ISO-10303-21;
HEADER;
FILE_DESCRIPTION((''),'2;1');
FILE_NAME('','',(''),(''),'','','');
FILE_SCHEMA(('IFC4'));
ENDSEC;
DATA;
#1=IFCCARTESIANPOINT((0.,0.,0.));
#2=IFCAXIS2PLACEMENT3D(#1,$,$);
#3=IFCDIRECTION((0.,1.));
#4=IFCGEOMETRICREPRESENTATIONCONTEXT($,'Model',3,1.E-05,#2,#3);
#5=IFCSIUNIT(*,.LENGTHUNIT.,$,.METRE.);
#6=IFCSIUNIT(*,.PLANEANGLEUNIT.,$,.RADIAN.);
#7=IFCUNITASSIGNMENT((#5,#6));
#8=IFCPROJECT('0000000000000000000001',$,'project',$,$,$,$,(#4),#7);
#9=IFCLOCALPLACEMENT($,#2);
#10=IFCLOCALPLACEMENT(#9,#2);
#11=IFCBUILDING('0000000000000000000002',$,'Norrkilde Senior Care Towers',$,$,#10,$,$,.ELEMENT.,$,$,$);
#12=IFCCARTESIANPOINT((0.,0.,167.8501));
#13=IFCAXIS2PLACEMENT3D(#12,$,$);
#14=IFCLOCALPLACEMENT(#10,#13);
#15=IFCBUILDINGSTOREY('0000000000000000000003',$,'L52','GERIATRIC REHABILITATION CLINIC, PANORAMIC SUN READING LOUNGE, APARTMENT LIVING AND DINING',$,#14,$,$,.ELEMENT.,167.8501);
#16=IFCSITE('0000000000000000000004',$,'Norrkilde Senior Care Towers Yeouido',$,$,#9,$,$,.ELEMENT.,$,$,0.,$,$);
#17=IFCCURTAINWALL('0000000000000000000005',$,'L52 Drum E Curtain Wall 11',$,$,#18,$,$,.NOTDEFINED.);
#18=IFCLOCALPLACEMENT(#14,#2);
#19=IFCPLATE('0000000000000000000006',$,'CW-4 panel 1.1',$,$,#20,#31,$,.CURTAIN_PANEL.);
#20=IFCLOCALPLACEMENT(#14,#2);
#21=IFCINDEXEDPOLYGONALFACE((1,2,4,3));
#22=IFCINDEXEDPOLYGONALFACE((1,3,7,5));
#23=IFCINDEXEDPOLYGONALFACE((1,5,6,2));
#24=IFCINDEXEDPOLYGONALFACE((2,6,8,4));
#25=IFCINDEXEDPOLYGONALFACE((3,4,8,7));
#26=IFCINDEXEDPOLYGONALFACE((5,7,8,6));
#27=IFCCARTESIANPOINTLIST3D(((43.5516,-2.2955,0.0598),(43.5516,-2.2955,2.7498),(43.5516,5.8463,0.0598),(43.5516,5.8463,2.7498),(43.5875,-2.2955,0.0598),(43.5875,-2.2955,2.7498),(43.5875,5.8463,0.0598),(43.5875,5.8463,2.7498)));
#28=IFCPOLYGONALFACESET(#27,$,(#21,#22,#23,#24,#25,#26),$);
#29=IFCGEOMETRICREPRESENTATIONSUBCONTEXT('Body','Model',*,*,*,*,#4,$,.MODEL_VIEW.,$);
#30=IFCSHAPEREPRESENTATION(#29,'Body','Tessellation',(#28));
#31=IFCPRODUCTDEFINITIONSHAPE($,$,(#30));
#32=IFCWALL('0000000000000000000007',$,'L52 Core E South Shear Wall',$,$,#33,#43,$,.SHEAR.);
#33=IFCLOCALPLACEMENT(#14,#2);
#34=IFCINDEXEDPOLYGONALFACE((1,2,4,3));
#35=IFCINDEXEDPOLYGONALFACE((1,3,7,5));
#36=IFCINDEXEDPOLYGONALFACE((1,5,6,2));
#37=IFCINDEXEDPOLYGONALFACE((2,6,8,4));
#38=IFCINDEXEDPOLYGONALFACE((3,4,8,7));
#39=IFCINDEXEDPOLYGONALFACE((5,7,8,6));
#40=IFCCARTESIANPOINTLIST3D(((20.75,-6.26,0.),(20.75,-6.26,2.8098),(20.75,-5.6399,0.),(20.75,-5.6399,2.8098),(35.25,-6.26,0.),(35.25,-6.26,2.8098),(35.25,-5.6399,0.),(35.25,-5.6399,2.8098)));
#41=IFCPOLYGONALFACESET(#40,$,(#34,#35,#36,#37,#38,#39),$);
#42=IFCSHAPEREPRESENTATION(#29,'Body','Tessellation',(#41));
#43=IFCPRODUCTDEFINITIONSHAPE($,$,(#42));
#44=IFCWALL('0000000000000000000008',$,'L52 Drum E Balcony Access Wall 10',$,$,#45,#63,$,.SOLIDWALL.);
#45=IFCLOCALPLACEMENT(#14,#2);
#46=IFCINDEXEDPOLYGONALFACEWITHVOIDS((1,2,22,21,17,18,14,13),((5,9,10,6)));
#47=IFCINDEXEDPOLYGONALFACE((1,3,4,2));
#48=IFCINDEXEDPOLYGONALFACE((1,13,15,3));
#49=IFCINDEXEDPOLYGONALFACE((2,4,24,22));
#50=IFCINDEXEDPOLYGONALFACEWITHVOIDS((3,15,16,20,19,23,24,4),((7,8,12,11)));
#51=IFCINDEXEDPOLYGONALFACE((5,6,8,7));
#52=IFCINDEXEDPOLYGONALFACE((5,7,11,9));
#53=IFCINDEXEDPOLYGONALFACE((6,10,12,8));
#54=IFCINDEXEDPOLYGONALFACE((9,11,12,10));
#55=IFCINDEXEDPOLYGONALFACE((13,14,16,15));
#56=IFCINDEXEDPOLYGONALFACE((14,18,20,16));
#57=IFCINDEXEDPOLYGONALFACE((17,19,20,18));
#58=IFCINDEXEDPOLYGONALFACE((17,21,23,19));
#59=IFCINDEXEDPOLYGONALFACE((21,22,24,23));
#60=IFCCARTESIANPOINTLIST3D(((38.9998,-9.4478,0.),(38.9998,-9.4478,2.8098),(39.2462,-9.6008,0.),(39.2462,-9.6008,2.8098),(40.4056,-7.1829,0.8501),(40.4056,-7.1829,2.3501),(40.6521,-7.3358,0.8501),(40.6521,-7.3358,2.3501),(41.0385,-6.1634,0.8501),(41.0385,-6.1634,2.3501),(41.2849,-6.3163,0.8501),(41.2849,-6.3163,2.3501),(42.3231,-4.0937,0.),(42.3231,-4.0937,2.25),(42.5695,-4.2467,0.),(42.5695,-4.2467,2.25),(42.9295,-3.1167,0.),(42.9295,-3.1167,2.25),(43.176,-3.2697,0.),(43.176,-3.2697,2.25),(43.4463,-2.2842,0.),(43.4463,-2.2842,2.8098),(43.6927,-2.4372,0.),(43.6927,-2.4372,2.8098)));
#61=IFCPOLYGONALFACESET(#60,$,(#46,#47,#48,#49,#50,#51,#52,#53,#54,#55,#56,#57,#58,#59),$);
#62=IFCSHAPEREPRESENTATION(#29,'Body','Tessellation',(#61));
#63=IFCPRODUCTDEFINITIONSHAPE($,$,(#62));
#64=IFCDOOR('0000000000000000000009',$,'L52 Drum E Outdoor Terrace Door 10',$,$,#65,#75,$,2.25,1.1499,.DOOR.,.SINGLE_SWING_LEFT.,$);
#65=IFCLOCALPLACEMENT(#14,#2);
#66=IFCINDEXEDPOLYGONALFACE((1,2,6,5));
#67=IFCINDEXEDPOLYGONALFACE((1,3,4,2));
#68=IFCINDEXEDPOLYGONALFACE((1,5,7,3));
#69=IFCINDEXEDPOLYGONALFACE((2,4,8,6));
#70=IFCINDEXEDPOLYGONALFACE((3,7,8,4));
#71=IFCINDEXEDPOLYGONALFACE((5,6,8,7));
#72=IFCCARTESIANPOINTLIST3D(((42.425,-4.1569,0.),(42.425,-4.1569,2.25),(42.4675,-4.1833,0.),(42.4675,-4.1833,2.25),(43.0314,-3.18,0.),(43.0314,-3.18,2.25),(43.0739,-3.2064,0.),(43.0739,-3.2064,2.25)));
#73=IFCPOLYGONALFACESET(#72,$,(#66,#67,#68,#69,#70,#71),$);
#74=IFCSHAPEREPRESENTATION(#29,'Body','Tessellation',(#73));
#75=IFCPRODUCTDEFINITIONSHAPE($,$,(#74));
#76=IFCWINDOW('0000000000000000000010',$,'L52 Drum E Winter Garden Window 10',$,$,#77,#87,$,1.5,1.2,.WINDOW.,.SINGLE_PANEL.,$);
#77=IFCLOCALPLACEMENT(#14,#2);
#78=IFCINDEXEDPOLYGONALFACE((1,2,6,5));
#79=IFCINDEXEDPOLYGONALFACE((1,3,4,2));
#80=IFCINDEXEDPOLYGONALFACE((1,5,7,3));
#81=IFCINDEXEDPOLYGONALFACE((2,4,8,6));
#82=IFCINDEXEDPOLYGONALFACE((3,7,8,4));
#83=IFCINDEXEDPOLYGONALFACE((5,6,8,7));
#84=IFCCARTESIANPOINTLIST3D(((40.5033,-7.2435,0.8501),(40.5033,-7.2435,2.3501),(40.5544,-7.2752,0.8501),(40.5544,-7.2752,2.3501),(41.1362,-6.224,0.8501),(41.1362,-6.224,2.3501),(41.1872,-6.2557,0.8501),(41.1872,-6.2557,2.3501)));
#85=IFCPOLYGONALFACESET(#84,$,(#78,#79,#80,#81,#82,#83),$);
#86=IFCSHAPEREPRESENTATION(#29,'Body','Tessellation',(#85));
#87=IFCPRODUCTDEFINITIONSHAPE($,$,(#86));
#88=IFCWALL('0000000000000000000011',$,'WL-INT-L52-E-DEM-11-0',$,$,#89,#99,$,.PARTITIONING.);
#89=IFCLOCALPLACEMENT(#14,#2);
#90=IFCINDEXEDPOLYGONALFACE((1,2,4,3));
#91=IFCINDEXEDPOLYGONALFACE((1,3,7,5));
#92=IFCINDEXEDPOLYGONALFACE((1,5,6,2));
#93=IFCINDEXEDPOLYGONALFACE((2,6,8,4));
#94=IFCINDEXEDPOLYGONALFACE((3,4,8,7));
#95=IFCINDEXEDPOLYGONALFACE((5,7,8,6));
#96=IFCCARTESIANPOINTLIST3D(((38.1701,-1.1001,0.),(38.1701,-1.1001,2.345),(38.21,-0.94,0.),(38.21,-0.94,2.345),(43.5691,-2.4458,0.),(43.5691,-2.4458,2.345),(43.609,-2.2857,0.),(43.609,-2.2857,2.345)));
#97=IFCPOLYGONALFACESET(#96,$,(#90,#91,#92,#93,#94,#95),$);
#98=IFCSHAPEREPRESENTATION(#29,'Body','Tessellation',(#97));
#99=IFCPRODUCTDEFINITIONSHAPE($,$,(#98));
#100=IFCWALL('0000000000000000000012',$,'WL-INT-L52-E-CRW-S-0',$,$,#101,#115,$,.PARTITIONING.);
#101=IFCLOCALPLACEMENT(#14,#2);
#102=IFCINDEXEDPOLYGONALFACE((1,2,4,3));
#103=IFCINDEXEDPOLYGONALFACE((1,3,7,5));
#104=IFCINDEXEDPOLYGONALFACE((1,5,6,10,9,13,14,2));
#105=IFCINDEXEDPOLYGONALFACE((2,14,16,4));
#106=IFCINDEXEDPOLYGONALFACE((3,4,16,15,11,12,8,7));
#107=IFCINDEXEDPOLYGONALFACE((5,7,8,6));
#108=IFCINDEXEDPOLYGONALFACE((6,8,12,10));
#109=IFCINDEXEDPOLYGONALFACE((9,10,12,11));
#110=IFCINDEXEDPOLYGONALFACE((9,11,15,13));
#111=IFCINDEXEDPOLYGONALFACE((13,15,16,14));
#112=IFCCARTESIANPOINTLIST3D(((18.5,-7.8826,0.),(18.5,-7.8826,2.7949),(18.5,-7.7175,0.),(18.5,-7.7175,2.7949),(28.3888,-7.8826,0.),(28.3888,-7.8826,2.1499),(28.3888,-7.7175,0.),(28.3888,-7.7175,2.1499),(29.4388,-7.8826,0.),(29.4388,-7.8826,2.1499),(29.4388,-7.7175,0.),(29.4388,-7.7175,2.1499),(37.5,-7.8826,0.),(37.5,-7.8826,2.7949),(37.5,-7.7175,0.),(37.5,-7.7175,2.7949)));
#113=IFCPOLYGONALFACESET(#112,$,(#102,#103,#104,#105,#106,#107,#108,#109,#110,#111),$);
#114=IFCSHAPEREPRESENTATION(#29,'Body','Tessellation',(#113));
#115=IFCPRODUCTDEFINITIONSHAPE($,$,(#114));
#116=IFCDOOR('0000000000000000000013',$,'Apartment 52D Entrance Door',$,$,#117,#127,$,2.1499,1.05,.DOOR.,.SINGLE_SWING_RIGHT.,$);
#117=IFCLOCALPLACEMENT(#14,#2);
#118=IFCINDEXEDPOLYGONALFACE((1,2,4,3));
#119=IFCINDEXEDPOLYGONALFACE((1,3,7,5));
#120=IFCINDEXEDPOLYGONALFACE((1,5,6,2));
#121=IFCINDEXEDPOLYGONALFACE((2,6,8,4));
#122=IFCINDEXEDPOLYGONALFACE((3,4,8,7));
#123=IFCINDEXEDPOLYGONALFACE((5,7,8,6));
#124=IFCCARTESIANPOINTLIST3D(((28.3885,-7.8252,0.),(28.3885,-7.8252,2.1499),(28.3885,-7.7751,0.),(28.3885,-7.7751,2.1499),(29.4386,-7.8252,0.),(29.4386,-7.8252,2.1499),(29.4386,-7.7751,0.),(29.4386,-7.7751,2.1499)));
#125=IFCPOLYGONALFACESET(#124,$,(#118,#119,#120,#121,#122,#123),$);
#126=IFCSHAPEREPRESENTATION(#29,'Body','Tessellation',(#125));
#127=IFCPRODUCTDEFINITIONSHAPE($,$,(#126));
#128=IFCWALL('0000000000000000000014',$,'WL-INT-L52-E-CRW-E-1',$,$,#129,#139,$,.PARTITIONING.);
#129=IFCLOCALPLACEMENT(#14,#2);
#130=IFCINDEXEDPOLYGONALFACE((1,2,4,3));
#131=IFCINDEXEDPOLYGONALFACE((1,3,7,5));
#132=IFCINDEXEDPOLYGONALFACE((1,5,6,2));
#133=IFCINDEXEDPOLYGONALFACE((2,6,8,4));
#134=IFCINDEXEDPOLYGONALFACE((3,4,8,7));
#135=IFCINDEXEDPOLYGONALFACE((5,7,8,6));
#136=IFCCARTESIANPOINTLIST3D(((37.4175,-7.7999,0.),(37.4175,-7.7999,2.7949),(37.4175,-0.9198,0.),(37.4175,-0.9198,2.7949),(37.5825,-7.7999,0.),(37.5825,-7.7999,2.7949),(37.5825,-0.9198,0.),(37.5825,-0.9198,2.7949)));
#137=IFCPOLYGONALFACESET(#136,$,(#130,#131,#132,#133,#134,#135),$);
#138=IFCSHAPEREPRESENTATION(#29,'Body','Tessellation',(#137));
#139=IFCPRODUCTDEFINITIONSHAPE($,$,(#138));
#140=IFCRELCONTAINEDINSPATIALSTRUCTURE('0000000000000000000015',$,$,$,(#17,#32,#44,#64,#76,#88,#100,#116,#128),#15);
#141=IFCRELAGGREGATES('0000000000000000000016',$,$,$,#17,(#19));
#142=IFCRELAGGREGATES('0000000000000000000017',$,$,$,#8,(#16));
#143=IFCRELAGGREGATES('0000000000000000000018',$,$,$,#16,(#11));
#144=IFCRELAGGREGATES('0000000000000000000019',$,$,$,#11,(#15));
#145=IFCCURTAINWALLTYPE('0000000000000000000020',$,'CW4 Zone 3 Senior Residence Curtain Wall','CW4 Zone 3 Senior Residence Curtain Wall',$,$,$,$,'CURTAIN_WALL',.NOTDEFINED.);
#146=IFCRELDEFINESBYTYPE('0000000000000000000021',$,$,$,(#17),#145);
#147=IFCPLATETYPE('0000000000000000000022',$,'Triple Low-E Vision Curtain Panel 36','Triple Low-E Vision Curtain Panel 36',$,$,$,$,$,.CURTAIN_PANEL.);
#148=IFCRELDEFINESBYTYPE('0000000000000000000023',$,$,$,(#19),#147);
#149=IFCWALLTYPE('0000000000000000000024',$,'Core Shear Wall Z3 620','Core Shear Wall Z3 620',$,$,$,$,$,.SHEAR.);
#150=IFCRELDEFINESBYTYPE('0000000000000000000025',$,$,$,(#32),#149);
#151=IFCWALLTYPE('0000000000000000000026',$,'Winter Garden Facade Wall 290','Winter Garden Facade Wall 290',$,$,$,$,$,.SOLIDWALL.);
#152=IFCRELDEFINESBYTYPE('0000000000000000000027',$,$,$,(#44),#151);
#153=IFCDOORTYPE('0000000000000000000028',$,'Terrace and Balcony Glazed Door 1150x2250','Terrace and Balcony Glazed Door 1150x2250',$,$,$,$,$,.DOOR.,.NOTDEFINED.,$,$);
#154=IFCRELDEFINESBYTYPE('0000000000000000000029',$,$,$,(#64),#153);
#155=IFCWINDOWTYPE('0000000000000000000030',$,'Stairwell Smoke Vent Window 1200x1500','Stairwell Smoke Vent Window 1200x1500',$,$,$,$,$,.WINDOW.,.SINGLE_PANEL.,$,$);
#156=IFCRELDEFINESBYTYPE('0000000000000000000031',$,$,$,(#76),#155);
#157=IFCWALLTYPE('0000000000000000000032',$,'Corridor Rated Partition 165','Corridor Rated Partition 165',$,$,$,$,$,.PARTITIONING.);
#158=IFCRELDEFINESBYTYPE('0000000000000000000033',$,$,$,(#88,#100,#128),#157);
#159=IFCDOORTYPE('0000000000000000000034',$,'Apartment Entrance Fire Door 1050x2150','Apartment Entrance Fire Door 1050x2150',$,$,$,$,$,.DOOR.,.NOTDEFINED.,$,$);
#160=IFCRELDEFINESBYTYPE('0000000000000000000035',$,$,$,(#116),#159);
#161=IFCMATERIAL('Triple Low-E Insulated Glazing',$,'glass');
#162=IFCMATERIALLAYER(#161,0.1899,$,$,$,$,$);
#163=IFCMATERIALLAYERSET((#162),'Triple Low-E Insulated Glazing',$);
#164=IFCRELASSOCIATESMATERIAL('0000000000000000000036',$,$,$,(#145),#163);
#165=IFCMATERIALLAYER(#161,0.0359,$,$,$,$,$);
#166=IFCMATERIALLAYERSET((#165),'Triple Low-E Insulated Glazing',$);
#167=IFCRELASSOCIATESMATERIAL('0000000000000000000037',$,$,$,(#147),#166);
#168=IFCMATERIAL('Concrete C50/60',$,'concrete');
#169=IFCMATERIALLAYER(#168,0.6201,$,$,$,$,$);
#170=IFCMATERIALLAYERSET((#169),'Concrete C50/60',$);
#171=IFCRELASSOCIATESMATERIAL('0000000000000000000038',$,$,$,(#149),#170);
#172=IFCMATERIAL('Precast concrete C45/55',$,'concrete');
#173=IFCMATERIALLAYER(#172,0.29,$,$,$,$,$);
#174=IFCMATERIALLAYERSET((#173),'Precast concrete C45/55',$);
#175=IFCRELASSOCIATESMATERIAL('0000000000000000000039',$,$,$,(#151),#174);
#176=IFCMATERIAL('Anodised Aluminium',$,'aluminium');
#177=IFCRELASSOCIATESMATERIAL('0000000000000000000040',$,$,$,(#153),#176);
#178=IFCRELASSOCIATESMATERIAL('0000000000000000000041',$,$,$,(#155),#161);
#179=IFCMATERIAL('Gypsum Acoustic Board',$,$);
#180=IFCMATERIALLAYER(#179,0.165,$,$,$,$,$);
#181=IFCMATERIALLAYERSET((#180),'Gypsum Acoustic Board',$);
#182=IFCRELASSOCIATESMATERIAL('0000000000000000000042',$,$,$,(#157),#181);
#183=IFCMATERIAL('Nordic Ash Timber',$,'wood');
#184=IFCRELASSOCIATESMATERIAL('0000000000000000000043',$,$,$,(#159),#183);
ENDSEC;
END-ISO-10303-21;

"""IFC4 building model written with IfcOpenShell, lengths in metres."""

from ifc_helpers import new_model, si_unit, direction, frame, frame_2d, origin, origin_2d, place, context, subcontext, project, spatial, rectangle, extrude, source, transform, mapped, material, layer, layer_set, type_object, type_shapes, element, fill, aggregate, save


model = new_model("IFC4")

# Units and contexts
model_context = context("Model", 3, precision=1e-05, world=origin(), true_north=direction((0.0, 1.0)))
body_context = subcontext(model_context, "Body", "Model", "MODEL_VIEW")
ifc_project = project(units=[si_unit("LENGTHUNIT", "METRE"), si_unit("PLANEANGLEUNIT", "RADIAN")], contexts=[model_context])

# Site, building, storey
site_placement = place(None, origin())
site = spatial("IfcSite", under=ifc_project, at=site_placement, Name="Norrkilde Senior Care Towers Yeouido", CompositionType="ELEMENT", RefElevation=0.0)
building_placement = place(site_placement, origin())
building = spatial("IfcBuilding", under=site, at=building_placement, Name="Norrkilde Senior Care Towers", CompositionType="ELEMENT")
storey_placement = place(building_placement, frame((0.0, 0.0, 167.8501)))
storey = spatial("IfcBuildingStorey", under=building, at=storey_placement, Name="L52", Description="GERIATRIC REHABILITATION CLINIC, PANORAMIC SUN READING LOUNGE, APARTMENT LIVING AND DINING", CompositionType="ELEMENT", Elevation=167.8501)

# Shared definitions
ifc_material_1 = material(Name="Concrete C50/60", Category="concrete")

# Shared definitions
ifc_material_2 = material(Name="Triple Low-E Insulated Glazing", Category="glass")
ifc_layer_1 = layer(ifc_material_2, 0.1899)
ifc_layer_set_1 = layer_set([ifc_layer_1], Name="Triple Low-E Insulated Glazing")
curtain_wall_type = type_object("IfcCurtainWallType", Name="CW4 Zone 3 Senior Residence Curtain Wall", Description="CW4 Zone 3 Senior Residence Curtain Wall", ElementType="CURTAIN_WALL", PredefinedType="NOTDEFINED", material=ifc_layer_set_1)
ifc_material_3 = material(Name="Anodised Aluminium", Category="aluminium")

# Curtain wall
curtain_wall_1_placement = place(storey_placement, origin())
curtain_wall_1 = element("IfcCurtainWall", 1, at=curtain_wall_1_placement, inside=storey, type_object=curtain_wall_type, Name="L52 Drum E Curtain Wall 11", PredefinedType="NOTDEFINED")

# Plate
ifc_layer_2 = layer(ifc_material_2, 0.0359)
ifc_layer_set_2 = layer_set([ifc_layer_2], Name="Triple Low-E Insulated Glazing")
plate_type = type_object("IfcPlateType", Name="Triple Low-E Vision Curtain Panel 36", Description="Triple Low-E Vision Curtain Panel 36", PredefinedType="CURTAIN_PANEL", material=ifc_layer_set_2)
shared_shape_1 = source(origin(), body_context, "Body", "SweptSolid", [
    extrude(rectangle(XDim=8.1418, YDim=0.0359, at=origin_2d()), origin(), (0.0, 0.0, 1.0), 2.6899),
])
plate_1_placement = place(storey_placement, frame((43.5696, 1.7754, 0.0598), z_axis=(0.0, 0.0, 1.0), x_axis=(0.0, -1.0, 0.0)))
plate_1 = element("IfcPlate", 2, at=plate_1_placement, type_object=plate_type, Name="CW-4 panel 1.1", PredefinedType="CURTAIN_PANEL", context=body_context, shape_type="MappedRepresentation", body=[
    mapped(shared_shape_1, transform((0.0, 0.0, 0.0), x_axis=(1.0, 0.0, 0.0), y_axis=(0.0, 1.0, 0.0), z_axis=(0.0, 0.0, 1.0), scale=1.0)),
])
aggregate(curtain_wall_1, [plate_1])

# Wall
ifc_layer_3 = layer(ifc_material_1, 0.6201)
ifc_layer_set_3 = layer_set([ifc_layer_3], Name="Concrete C50/60")
wall_type_1 = type_object("IfcWallType", Name="Core Shear Wall Z3 620", Description="Core Shear Wall Z3 620", PredefinedType="SHEAR", material=ifc_layer_set_3)
shared_shape_2 = source(origin(), body_context, "Body", "SweptSolid", [
    extrude(rectangle(XDim=14.5, YDim=0.6201, at=frame_2d((7.25, 0.0))), origin(), (0.0, 0.0, 1.0), 2.8098),
])
type_shapes(wall_type_1, [shared_shape_2])
wall_1_placement = place(storey_placement, frame((35.25, -5.95, 0.0), z_axis=(0.0, 0.0, 1.0), x_axis=(-1.0, 0.0, 0.0)))
element("IfcWall", 3, at=wall_1_placement, inside=storey, type_object=wall_type_1, Name="L52 Core E South Shear Wall", PredefinedType="SHEAR", context=body_context, shape_type="MappedRepresentation", body=[
    mapped(shared_shape_2, transform((0.0, 0.0, 0.0), x_axis=(1.0, 0.0, 0.0), y_axis=(0.0, 1.0, 0.0), z_axis=(0.0, 0.0, 1.0), scale=1.0)),
])

# Wall, openings, door, window
ifc_material_4 = material(Name="Precast concrete C45/55", Category="concrete")
ifc_layer_4 = layer(ifc_material_4, 0.29)
ifc_layer_set_4 = layer_set([ifc_layer_4], Name="Precast concrete C45/55")
wall_type_2 = type_object("IfcWallType", Name="Winter Garden Facade Wall 290", Description="Winter Garden Facade Wall 290", PredefinedType="SOLIDWALL", material=ifc_layer_set_4)
shared_shape_3 = source(origin(), body_context, "Body", "SweptSolid", [
    extrude(rectangle(XDim=8.4314, YDim=0.29, at=frame_2d((4.2158, 0.0))), origin(), (0.0, 0.0, 1.0), 2.8098),
])
type_shapes(wall_type_2, [shared_shape_3])
wall_2_placement = place(storey_placement, frame((43.5696, -2.3606, 0.0), z_axis=(0.0, 0.0, 1.0), x_axis=(-0.527378, -0.849631, 0.0)))
wall_2 = element("IfcWall", 4, at=wall_2_placement, inside=storey, type_object=wall_type_2, Name="L52 Drum E Balcony Access Wall 10", PredefinedType="SOLIDWALL", context=body_context, shape_type="MappedRepresentation", body=[
    mapped(shared_shape_3, transform((0.0, 0.0, 0.0), x_axis=(1.0, 0.0, 0.0), y_axis=(0.0, 1.0, 0.0), z_axis=(0.0, 0.0, 1.0), scale=1.0)),
])
opening_1_placement = place(wall_2_placement, frame((0.98, 0.0, 0.0)))
opening_1 = element("IfcOpeningElement", 5, at=opening_1_placement, cuts=wall_2, PredefinedType="OPENING", context=body_context, shape_type="SweptSolid", body=[
    extrude(rectangle(XDim=1.1499, YDim=2.25, at=frame_2d((0.575, 1.125))), frame((0.0, 0.155, 0.0), z_axis=(0.0, -1.0, 0.0), x_axis=(1.0, 0.0, 0.0)), (0.0, 0.0, 1.0), 0.3101),
])
opening_2_placement = place(wall_2_placement, frame((4.5657, 0.0, 0.8501)))
opening_2 = element("IfcOpeningElement", 6, at=opening_2_placement, cuts=wall_2, PredefinedType="OPENING", context=body_context, shape_type="SweptSolid", body=[
    extrude(rectangle(XDim=1.2, YDim=1.5, at=frame_2d((0.6001, 0.75))), frame((0.0, 0.155, 0.0), z_axis=(0.0, -1.0, 0.0), x_axis=(1.0, 0.0, 0.0)), (0.0, 0.0, 1.0), 0.3101),
])
door_type_1 = type_object("IfcDoorType", Name="Terrace and Balcony Glazed Door 1150x2250", Description="Terrace and Balcony Glazed Door 1150x2250", OperationType="NOTDEFINED", PredefinedType="DOOR", material=ifc_material_3)
shared_shape_4 = source(origin(), body_context, "Body", "SweptSolid", [
    extrude(rectangle(XDim=1.1499, YDim=2.25, at=frame_2d((0.575, 1.125))), frame((0.0, 0.0249, 0.0), z_axis=(0.0, -1.0, 0.0), x_axis=(1.0, 0.0, 0.0)), (0.0, 0.0, 1.0), 0.05),
])
type_shapes(door_type_1, [shared_shape_4])
door_1_placement = place(opening_1_placement, origin())
door_1 = element("IfcDoor", 7, at=door_1_placement, inside=storey, type_object=door_type_1, Name="L52 Drum E Outdoor Terrace Door 10", OperationType="SINGLE_SWING_LEFT", OverallHeight=2.25, OverallWidth=1.1499, PredefinedType="DOOR", context=body_context, shape_type="MappedRepresentation", body=[
    mapped(shared_shape_4, transform((0.0, 0.0, 0.0), x_axis=(1.0, 0.0, 0.0), y_axis=(0.0, 1.0, 0.0), z_axis=(0.0, 0.0, 1.0), scale=1.0)),
])
fill(opening_1, door_1)
window_type = type_object("IfcWindowType", Name="Stairwell Smoke Vent Window 1200x1500", Description="Stairwell Smoke Vent Window 1200x1500", PartitioningType="SINGLE_PANEL", PredefinedType="WINDOW", material=ifc_material_2)
shared_shape_5 = source(origin(), body_context, "Body", "SweptSolid", [
    extrude(rectangle(XDim=1.2, YDim=1.5, at=frame_2d((0.6001, 0.75))), frame((0.0, 0.03, 0.0), z_axis=(0.0, -1.0, 0.0), x_axis=(1.0, 0.0, 0.0)), (0.0, 0.0, 1.0), 0.0601),
])
type_shapes(window_type, [shared_shape_5])
window_placement = place(opening_2_placement, origin())
window = element("IfcWindow", 8, at=window_placement, inside=storey, type_object=window_type, Name="L52 Drum E Winter Garden Window 10", OverallHeight=1.5, OverallWidth=1.2, PartitioningType="SINGLE_PANEL", PredefinedType="WINDOW", context=body_context, shape_type="MappedRepresentation", body=[
    mapped(shared_shape_5, transform((0.0, 0.0, 0.0), x_axis=(1.0, 0.0, 0.0), y_axis=(0.0, 1.0, 0.0), z_axis=(0.0, 0.0, 1.0), scale=1.0)),
])
fill(opening_2, window)

# Wall
ifc_material_5 = material(Name="Gypsum Acoustic Board")
ifc_layer_5 = layer(ifc_material_5, 0.165)
ifc_layer_set_5 = layer_set([ifc_layer_5], Name="Gypsum Acoustic Board")
wall_type_3 = type_object("IfcWallType", Name="Corridor Rated Partition 165", Description="Corridor Rated Partition 165", PredefinedType="PARTITIONING", material=ifc_layer_set_5)
shared_shape_6 = source(origin(), body_context, "Body", "SweptSolid", [
    extrude(rectangle(XDim=5.5642, YDim=0.165, at=frame_2d((2.7822, 0.0))), origin(), (0.0, 0.0, 1.0), 2.345),
])
wall_3_placement = place(storey_placement, frame((38.1899, -1.02, 0.0), z_axis=(0.0, 0.0, 1.0), x_axis=(0.970313, -0.241854, 0.0)))
element("IfcWall", 9, at=wall_3_placement, inside=storey, type_object=wall_type_3, Name="WL-INT-L52-E-DEM-11-0", PredefinedType="PARTITIONING", context=body_context, shape_type="MappedRepresentation", body=[
    mapped(shared_shape_6, transform((0.0, 0.0, 0.0), x_axis=(1.0, 0.0, 0.0), y_axis=(0.0, 1.0, 0.0), z_axis=(0.0, 0.0, 1.0), scale=1.0)),
])

# Wall, opening, door
shared_shape_7 = source(origin(), body_context, "Body", "SweptSolid", [
    extrude(rectangle(XDim=19.0, YDim=0.165, at=frame_2d((9.5, 0.0))), origin(), (0.0, 0.0, 1.0), 2.7949),
])
wall_4_placement = place(storey_placement, frame((37.5, -7.8, 0.0), z_axis=(0.0, 0.0, 1.0), x_axis=(-1.0, 0.0, 0.0)))
wall_4 = element("IfcWall", 10, at=wall_4_placement, inside=storey, type_object=wall_type_3, Name="WL-INT-L52-E-CRW-S-0", PredefinedType="PARTITIONING", context=body_context, shape_type="MappedRepresentation", body=[
    mapped(shared_shape_7, transform((0.0, 0.0, 0.0), x_axis=(1.0, 0.0, 0.0), y_axis=(0.0, 1.0, 0.0), z_axis=(0.0, 0.0, 1.0), scale=1.0)),
])
opening_3_placement = place(wall_4_placement, frame((8.0613, 0.0, 0.0)))
opening_3 = element("IfcOpeningElement", 11, at=opening_3_placement, cuts=wall_4, PredefinedType="OPENING", context=body_context, shape_type="SweptSolid", body=[
    extrude(rectangle(XDim=1.05, YDim=2.1499, at=frame_2d((0.5249, 1.075))), frame((0.0, 0.0925, 0.0), z_axis=(0.0, -1.0, 0.0), x_axis=(1.0, 0.0, 0.0)), (0.0, 0.0, 1.0), 0.1851),
])
ifc_material_6 = material(Name="Nordic Ash Timber", Category="wood")
door_type_2 = type_object("IfcDoorType", Name="Apartment Entrance Fire Door 1050x2150", Description="Apartment Entrance Fire Door 1050x2150", OperationType="NOTDEFINED", PredefinedType="DOOR", material=ifc_material_6)
shared_shape_8 = source(origin(), body_context, "Body", "SweptSolid", [
    extrude(rectangle(XDim=1.05, YDim=2.1499, at=frame_2d((0.5249, 1.075))), frame((0.0, 0.0249, 0.0), z_axis=(0.0, -1.0, 0.0), x_axis=(1.0, 0.0, 0.0)), (0.0, 0.0, 1.0), 0.05),
])
type_shapes(door_type_2, [shared_shape_8])
door_2_placement = place(opening_3_placement, frame((1.05, 0.0, 0.0), z_axis=(0.0, 0.0, 1.0), x_axis=(-1.0, 0.0, 0.0)))
door_2 = element("IfcDoor", 12, at=door_2_placement, inside=storey, type_object=door_type_2, Name="Apartment 52D Entrance Door", OperationType="SINGLE_SWING_RIGHT", OverallHeight=2.1499, OverallWidth=1.05, PredefinedType="DOOR", context=body_context, shape_type="MappedRepresentation", body=[
    mapped(shared_shape_8, transform((0.0, 0.0, 0.0), x_axis=(1.0, 0.0, 0.0), y_axis=(0.0, 1.0, 0.0), z_axis=(0.0, 0.0, 1.0), scale=1.0)),
])
fill(opening_3, door_2)

# Wall
shared_shape_9 = source(origin(), body_context, "Body", "SweptSolid", [
    extrude(rectangle(XDim=6.8801, YDim=0.165, at=frame_2d((3.4399, 0.0))), origin(), (0.0, 0.0, 1.0), 2.7949),
])
wall_5_placement = place(storey_placement, frame((37.5, -0.9199, 0.0), z_axis=(0.0, 0.0, 1.0), x_axis=(0.0, -1.0, 0.0)))
element("IfcWall", 13, at=wall_5_placement, inside=storey, type_object=wall_type_3, Name="WL-INT-L52-E-CRW-E-1", PredefinedType="PARTITIONING", context=body_context, shape_type="MappedRepresentation", body=[
    mapped(shared_shape_9, transform((0.0, 0.0, 0.0), x_axis=(1.0, 0.0, 0.0), y_axis=(0.0, 1.0, 0.0), z_axis=(0.0, 0.0, 1.0), scale=1.0)),
])

save(model, "model.ifc")
